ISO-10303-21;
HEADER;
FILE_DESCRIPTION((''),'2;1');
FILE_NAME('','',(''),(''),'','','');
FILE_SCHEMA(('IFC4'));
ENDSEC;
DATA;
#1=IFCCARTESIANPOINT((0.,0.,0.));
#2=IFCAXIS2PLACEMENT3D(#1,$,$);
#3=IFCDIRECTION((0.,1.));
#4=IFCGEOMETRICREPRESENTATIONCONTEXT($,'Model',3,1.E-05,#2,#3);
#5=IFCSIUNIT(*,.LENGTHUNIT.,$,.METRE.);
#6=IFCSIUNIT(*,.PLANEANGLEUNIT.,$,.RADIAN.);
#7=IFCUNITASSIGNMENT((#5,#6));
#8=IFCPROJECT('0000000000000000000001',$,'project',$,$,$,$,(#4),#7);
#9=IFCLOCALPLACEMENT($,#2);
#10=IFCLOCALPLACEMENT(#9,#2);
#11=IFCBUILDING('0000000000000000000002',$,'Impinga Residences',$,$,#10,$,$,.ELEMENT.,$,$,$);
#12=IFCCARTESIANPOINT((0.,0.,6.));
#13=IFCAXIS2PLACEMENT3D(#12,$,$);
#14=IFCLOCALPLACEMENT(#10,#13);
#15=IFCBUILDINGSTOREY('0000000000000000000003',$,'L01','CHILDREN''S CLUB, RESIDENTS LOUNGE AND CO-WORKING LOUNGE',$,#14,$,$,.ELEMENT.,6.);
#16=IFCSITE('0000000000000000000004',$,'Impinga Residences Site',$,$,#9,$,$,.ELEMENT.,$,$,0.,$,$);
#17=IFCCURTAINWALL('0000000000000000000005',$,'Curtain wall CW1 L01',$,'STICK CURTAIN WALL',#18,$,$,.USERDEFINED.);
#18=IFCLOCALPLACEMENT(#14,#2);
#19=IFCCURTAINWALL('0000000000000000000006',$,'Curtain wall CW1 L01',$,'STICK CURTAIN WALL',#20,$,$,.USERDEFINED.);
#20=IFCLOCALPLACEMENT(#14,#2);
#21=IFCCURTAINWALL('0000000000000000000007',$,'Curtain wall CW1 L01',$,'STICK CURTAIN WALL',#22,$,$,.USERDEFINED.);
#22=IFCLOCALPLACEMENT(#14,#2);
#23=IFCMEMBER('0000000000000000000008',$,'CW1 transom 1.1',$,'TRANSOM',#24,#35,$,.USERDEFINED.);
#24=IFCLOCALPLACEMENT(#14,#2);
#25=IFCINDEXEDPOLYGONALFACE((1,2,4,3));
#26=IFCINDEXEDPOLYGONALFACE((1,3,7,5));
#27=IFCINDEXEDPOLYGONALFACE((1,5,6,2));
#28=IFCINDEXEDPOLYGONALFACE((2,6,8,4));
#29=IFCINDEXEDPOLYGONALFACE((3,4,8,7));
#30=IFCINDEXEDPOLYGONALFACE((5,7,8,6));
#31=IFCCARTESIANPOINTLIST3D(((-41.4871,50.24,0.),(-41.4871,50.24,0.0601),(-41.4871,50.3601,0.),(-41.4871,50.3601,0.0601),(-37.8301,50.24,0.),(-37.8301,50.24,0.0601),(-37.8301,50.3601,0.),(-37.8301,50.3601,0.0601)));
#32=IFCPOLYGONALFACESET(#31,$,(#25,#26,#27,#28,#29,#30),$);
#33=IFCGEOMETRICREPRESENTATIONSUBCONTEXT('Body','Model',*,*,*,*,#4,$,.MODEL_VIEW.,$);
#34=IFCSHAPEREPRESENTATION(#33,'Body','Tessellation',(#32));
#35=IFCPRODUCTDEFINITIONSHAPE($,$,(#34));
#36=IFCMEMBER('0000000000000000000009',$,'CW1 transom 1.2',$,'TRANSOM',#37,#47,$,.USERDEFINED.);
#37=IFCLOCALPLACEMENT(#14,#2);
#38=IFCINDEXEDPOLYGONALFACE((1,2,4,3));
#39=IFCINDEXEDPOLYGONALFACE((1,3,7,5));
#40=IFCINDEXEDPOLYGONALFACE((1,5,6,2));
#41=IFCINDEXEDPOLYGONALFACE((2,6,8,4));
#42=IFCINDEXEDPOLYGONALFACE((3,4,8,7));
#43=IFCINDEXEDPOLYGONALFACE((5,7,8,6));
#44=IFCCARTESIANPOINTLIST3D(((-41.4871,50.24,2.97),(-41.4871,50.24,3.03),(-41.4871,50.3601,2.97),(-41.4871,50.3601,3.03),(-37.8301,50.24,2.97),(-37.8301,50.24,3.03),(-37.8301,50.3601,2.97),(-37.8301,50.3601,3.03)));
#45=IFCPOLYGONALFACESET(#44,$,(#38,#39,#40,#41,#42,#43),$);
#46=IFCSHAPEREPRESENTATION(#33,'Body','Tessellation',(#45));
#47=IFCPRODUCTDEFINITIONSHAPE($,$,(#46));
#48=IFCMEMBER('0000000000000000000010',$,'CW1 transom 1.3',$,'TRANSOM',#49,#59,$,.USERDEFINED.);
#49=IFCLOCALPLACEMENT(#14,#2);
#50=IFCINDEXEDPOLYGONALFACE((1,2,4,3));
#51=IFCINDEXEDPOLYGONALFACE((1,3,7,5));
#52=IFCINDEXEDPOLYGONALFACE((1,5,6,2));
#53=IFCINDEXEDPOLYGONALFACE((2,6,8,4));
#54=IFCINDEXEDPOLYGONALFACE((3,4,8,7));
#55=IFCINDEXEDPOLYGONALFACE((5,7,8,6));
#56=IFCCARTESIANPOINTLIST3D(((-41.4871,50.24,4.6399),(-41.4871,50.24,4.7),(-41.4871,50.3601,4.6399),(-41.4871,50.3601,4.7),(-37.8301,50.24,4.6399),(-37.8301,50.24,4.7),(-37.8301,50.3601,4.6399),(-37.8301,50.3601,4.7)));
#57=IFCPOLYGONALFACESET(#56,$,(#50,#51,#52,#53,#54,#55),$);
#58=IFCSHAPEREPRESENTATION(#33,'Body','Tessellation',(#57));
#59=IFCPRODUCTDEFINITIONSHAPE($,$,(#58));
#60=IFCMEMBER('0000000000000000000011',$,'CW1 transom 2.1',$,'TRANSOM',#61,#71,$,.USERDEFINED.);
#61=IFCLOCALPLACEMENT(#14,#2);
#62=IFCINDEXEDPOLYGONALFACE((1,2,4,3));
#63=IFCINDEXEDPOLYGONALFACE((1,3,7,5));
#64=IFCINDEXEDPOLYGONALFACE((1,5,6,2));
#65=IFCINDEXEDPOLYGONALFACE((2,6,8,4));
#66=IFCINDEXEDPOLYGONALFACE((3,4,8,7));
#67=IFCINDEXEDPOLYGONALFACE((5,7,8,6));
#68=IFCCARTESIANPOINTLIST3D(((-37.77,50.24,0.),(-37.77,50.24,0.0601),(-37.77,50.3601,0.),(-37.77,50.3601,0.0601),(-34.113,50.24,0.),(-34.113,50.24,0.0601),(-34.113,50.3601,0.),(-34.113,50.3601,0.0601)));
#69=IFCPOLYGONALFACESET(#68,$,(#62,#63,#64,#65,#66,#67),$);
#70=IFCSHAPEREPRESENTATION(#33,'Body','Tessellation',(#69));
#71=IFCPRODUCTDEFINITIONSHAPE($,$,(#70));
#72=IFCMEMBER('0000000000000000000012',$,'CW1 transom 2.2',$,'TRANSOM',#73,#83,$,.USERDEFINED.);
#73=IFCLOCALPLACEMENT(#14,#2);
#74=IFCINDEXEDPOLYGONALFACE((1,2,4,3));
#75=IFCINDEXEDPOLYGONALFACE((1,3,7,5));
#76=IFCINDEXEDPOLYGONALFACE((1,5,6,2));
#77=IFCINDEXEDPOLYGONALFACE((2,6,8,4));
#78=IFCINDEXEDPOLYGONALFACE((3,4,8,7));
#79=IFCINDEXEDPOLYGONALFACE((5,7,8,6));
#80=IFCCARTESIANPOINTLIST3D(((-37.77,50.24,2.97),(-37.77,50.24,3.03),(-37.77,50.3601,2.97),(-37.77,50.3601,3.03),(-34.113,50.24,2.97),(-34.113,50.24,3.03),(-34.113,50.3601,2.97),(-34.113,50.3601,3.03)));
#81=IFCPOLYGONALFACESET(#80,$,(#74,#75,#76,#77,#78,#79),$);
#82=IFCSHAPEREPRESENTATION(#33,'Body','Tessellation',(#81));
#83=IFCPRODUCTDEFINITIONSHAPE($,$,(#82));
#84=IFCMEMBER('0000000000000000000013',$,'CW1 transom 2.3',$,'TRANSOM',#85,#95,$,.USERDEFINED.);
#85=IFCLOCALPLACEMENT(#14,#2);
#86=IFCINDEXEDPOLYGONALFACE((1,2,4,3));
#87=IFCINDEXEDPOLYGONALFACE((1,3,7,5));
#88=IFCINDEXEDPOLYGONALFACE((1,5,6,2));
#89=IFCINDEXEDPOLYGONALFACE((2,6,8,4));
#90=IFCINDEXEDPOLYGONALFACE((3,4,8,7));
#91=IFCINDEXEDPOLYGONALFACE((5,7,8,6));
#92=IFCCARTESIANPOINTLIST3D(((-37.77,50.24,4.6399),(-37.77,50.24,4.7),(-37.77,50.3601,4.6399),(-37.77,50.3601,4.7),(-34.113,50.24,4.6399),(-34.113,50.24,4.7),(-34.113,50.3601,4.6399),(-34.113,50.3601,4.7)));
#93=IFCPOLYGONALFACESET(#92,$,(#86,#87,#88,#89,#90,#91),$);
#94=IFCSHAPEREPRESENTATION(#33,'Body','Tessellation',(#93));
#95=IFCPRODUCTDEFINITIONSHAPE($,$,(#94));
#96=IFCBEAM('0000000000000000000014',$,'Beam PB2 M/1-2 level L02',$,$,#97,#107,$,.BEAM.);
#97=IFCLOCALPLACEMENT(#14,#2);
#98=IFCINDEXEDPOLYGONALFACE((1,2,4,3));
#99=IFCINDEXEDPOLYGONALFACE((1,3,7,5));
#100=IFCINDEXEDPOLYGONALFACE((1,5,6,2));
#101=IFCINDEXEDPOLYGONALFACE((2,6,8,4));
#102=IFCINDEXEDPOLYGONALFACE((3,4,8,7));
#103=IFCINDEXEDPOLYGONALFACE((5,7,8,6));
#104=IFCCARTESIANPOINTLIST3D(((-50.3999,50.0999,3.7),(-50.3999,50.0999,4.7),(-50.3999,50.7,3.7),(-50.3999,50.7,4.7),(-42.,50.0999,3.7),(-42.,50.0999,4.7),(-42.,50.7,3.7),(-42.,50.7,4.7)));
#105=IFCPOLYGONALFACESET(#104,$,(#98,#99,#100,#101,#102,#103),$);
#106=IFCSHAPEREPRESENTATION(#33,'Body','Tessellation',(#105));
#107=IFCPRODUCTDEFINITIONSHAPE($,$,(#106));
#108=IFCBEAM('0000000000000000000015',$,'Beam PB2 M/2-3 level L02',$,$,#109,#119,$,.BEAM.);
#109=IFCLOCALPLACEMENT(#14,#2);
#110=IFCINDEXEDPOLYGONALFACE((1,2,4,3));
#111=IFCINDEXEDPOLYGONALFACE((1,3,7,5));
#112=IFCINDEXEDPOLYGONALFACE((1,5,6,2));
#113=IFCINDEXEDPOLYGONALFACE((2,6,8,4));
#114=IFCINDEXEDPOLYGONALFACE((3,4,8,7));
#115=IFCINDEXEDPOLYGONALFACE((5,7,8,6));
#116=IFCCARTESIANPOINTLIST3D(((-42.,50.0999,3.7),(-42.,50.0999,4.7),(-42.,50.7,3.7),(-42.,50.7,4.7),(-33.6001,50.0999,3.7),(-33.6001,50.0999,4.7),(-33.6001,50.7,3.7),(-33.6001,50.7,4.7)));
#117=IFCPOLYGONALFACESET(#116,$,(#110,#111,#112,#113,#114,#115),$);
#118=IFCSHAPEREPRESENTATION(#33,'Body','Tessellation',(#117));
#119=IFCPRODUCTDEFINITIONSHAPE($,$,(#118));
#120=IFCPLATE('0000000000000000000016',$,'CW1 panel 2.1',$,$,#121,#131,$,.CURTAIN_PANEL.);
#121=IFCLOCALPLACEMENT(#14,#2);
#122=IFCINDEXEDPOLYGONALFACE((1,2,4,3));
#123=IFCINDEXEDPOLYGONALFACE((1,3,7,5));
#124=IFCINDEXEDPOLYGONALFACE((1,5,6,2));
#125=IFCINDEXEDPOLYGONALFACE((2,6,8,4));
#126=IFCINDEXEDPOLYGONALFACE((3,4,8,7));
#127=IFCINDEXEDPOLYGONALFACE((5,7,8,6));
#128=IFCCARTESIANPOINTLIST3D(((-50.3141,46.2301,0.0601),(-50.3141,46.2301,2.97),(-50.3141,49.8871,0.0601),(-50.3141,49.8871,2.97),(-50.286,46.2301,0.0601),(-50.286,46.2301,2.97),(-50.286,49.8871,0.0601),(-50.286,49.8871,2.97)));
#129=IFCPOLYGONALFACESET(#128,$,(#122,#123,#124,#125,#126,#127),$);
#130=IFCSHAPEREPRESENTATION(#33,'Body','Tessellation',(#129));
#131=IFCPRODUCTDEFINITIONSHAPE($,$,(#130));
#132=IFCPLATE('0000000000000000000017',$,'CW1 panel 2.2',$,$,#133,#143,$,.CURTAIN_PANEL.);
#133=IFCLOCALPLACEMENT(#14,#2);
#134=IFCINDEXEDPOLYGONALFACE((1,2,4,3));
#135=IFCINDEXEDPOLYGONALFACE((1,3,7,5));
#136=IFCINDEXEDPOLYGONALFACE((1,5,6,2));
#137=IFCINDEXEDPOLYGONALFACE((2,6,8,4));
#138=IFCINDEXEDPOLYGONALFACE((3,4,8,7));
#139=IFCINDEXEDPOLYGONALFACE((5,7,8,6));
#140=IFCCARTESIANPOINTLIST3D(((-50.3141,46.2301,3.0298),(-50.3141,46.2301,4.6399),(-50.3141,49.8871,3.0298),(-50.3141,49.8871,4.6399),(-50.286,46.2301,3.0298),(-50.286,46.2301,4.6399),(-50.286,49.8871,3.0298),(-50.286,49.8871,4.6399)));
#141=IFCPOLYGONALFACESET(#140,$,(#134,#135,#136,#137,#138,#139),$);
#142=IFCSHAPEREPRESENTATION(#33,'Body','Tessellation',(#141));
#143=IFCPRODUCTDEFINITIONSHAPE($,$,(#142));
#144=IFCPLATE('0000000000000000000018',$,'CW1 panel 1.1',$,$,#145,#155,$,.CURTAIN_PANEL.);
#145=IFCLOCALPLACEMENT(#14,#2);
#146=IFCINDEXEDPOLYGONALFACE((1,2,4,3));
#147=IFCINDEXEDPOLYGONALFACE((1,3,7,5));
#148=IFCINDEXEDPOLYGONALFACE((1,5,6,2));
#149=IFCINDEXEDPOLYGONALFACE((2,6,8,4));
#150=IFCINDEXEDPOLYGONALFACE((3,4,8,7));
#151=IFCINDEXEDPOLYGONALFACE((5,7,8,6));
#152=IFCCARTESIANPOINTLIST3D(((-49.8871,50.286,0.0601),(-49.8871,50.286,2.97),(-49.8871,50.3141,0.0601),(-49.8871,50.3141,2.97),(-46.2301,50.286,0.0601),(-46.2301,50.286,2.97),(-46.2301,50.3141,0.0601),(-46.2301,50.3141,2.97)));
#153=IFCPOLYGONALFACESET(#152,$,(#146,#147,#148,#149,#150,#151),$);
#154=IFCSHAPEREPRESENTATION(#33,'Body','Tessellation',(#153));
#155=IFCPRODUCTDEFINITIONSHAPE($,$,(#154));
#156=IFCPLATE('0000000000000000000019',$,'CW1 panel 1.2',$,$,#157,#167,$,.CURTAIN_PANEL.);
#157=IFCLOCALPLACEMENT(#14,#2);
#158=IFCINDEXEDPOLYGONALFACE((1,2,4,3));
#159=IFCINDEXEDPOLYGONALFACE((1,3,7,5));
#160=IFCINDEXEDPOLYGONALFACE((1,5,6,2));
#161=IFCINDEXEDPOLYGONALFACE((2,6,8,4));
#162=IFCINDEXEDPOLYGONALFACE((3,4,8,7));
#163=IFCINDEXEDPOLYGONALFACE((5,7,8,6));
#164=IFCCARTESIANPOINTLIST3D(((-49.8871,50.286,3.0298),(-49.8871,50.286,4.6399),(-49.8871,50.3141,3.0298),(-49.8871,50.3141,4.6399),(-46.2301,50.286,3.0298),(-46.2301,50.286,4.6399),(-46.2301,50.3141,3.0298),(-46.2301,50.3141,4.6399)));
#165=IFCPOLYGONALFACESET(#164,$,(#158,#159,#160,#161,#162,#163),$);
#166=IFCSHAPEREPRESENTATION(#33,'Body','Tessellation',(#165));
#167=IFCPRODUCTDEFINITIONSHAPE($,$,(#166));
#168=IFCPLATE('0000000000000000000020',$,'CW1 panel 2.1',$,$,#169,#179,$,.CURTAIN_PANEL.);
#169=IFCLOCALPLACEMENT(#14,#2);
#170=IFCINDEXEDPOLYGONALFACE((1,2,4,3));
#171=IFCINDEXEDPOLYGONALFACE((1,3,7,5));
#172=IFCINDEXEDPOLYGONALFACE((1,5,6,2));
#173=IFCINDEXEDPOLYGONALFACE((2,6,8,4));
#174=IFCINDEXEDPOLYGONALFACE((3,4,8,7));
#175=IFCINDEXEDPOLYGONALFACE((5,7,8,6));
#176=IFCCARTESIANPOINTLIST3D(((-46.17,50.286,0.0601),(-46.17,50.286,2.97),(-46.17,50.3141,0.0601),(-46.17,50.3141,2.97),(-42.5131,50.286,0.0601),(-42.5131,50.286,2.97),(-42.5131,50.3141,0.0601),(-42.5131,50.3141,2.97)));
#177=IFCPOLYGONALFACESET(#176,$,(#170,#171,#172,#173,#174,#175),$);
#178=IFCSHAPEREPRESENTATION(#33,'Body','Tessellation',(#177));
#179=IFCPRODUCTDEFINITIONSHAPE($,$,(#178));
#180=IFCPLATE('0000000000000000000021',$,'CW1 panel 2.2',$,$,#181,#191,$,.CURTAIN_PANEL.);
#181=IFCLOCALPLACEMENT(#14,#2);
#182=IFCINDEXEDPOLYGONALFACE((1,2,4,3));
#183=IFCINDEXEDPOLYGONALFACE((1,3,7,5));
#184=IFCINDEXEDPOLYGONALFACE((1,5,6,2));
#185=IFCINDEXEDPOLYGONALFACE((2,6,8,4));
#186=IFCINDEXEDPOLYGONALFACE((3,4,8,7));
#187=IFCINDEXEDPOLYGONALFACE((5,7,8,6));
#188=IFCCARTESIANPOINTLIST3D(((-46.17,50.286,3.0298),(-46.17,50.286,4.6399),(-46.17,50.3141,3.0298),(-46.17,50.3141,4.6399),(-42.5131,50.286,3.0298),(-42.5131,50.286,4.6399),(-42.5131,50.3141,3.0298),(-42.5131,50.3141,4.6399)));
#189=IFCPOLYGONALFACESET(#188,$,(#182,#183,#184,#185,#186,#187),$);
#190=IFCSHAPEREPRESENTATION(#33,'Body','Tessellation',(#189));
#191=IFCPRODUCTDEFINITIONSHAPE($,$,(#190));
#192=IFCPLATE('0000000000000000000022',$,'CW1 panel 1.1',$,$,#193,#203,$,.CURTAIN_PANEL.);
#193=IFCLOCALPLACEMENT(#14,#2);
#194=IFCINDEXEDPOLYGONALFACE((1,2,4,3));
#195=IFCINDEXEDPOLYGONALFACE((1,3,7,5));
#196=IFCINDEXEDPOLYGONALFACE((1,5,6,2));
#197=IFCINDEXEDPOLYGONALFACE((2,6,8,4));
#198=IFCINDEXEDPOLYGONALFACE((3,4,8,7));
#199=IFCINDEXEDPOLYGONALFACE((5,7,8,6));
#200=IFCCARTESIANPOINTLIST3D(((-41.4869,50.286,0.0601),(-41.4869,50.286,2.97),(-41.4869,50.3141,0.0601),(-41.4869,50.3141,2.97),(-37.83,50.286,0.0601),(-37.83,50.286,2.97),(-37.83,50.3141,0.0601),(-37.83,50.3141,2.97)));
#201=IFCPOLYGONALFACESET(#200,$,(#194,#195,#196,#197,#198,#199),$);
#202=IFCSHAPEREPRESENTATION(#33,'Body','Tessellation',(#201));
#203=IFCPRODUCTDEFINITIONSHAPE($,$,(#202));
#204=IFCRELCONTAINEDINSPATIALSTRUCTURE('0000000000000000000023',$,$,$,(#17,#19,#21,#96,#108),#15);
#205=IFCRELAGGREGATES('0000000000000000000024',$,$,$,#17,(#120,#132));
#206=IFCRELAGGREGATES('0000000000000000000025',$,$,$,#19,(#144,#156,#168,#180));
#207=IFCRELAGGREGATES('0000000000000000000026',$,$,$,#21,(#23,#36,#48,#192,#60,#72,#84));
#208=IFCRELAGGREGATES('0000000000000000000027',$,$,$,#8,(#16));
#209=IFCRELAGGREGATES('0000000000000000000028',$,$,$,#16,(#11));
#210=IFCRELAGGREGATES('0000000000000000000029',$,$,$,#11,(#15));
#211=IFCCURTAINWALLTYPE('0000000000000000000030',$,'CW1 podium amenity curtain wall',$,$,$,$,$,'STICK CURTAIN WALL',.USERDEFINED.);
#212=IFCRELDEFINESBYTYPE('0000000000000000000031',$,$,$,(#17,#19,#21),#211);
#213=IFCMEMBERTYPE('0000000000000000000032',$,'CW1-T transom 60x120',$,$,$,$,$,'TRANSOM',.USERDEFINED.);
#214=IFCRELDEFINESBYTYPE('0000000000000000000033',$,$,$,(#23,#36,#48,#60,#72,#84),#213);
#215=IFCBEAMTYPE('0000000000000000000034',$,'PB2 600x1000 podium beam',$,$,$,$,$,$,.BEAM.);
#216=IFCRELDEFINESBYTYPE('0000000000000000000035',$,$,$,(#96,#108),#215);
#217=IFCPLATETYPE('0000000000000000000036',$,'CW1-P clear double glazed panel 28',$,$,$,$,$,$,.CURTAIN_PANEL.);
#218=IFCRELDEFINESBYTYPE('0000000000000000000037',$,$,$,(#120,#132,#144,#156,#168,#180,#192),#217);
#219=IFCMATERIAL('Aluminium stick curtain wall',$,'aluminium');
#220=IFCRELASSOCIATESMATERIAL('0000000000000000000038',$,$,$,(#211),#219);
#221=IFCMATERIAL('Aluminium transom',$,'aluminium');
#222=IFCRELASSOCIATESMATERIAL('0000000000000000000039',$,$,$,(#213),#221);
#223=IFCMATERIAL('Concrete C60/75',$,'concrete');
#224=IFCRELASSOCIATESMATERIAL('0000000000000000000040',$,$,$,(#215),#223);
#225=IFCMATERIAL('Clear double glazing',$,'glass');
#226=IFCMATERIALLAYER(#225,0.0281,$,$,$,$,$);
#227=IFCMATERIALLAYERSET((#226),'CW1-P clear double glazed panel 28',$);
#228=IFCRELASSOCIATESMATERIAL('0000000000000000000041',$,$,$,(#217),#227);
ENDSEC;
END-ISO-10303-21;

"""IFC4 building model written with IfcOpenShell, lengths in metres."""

from ifc_helpers import new_model, si_unit, direction, frame, origin, origin_2d, place, context, subcontext, project, spatial, rectangle, extrude, material, layer, layer_set, material_profile, profile_set, type_object, element, aggregate, save


model = new_model("IFC4")

# Units and contexts
model_context = context("Model", 3, precision=1e-05, world=origin(), true_north=direction((0.0, 1.0)))
body_context = subcontext(model_context, "Body", "Model", "MODEL_VIEW")
ifc_project = project(units=[si_unit("LENGTHUNIT", "METRE"), si_unit("PLANEANGLEUNIT", "RADIAN")], contexts=[model_context])

# Site, building, storey
site_placement = place(None, origin())
site = spatial("IfcSite", under=ifc_project, at=site_placement, Name="Impinga Residences Site", CompositionType="ELEMENT", RefElevation=0.0)
building_placement = place(site_placement, origin())
building = spatial("IfcBuilding", under=site, at=building_placement, Name="Impinga Residences", CompositionType="ELEMENT")
storey_placement = place(building_placement, frame((0.0, 0.0, 6.0)))
storey = spatial("IfcBuildingStorey", under=building, at=storey_placement, Name="L01", Description="CHILDREN'S CLUB, RESIDENTS LOUNGE AND CO-WORKING LOUNGE", CompositionType="ELEMENT", Elevation=6.0)

# Curtain wall
ifc_material_1 = material(Name="Aluminium stick curtain wall", Category="aluminium")
curtain_wall_type = type_object("IfcCurtainWallType", Name="CW1 podium amenity curtain wall", ElementType="STICK CURTAIN WALL", PredefinedType="USERDEFINED", material=ifc_material_1)
curtain_wall_1_placement = place(storey_placement, origin())
curtain_wall_1 = element("IfcCurtainWall", 1, at=curtain_wall_1_placement, inside=storey, type_object=curtain_wall_type, Name="Curtain wall CW1 L01", ObjectType="STICK CURTAIN WALL", PredefinedType="USERDEFINED")

# Curtain walls
curtain_wall_2_placement = place(storey_placement, origin())
curtain_wall_2 = element("IfcCurtainWall", 2, at=curtain_wall_2_placement, inside=storey, type_object=curtain_wall_type, Name="Curtain wall CW1 L01", ObjectType="STICK CURTAIN WALL", PredefinedType="USERDEFINED")
curtain_wall_3_placement = place(storey_placement, origin())
curtain_wall_3 = element("IfcCurtainWall", 3, at=curtain_wall_3_placement, inside=storey, type_object=curtain_wall_type, Name="Curtain wall CW1 L01", ObjectType="STICK CURTAIN WALL", PredefinedType="USERDEFINED")

# Members
ifc_material_2 = material(Name="Aluminium transom", Category="aluminium")
ifc_material_profile_1 = material_profile(ifc_material_2, rectangle(XDim=0.0601, YDim=0.1201, at=origin_2d()), Name="60x120 transom")
ifc_profile_set_1 = profile_set([ifc_material_profile_1], Name="Aluminium transom")
member_type_1 = type_object("IfcMemberType", Name="CW1-T transom 60x120", ElementType="TRANSOM", PredefinedType="USERDEFINED", material=ifc_profile_set_1)
member_1_placement = place(storey_placement, frame((-41.4871, 50.3, 0.03), z_axis=(1.0, 0.0, 0.0), x_axis=(0.0, 0.0, 1.0)))
member_1 = element("IfcMember", 4, at=member_1_placement, type_object=member_type_1, Name="CW1 transom 1.1", ObjectType="TRANSOM", PredefinedType="USERDEFINED", context=body_context, shape_type="SweptSolid", body=[
    extrude(rectangle(XDim=0.0601, YDim=0.1201, at=origin_2d()), origin(), (0.0, 0.0, 1.0), 3.657),
])
member_2_placement = place(storey_placement, frame((-41.4871, 50.3, 3.0), z_axis=(1.0, 0.0, 0.0), x_axis=(0.0, 0.0, 1.0)))
member_2 = element("IfcMember", 5, at=member_2_placement, type_object=member_type_1, Name="CW1 transom 1.2", ObjectType="TRANSOM", PredefinedType="USERDEFINED", context=body_context, shape_type="SweptSolid", body=[
    extrude(rectangle(XDim=0.0601, YDim=0.1201, at=origin_2d()), origin(), (0.0, 0.0, 1.0), 3.657),
])
member_3_placement = place(storey_placement, frame((-41.4871, 50.3, 4.6699), z_axis=(1.0, 0.0, 0.0), x_axis=(0.0, 0.0, 1.0)))
member_3 = element("IfcMember", 6, at=member_3_placement, type_object=member_type_1, Name="CW1 transom 1.3", ObjectType="TRANSOM", PredefinedType="USERDEFINED", context=body_context, shape_type="SweptSolid", body=[
    extrude(rectangle(XDim=0.0601, YDim=0.1201, at=origin_2d()), origin(), (0.0, 0.0, 1.0), 3.657),
])
member_4_placement = place(storey_placement, frame((-37.77, 50.3, 0.03), z_axis=(1.0, 0.0, 0.0), x_axis=(0.0, 0.0, 1.0)))
member_4 = element("IfcMember", 7, at=member_4_placement, type_object=member_type_1, Name="CW1 transom 2.1", ObjectType="TRANSOM", PredefinedType="USERDEFINED", context=body_context, shape_type="SweptSolid", body=[
    extrude(rectangle(XDim=0.0601, YDim=0.1201, at=origin_2d()), origin(), (0.0, 0.0, 1.0), 3.657),
])
member_5_placement = place(storey_placement, frame((-37.77, 50.3, 3.0), z_axis=(1.0, 0.0, 0.0), x_axis=(0.0, 0.0, 1.0)))
member_5 = element("IfcMember", 8, at=member_5_placement, type_object=member_type_1, Name="CW1 transom 2.2", ObjectType="TRANSOM", PredefinedType="USERDEFINED", context=body_context, shape_type="SweptSolid", body=[
    extrude(rectangle(XDim=0.0601, YDim=0.1201, at=origin_2d()), origin(), (0.0, 0.0, 1.0), 3.657),
])
member_6_placement = place(storey_placement, frame((-37.77, 50.3, 4.6699), z_axis=(1.0, 0.0, 0.0), x_axis=(0.0, 0.0, 1.0)))
member_6 = element("IfcMember", 9, at=member_6_placement, type_object=member_type_1, Name="CW1 transom 2.3", ObjectType="TRANSOM", PredefinedType="USERDEFINED", context=body_context, shape_type="SweptSolid", body=[
    extrude(rectangle(XDim=0.0601, YDim=0.1201, at=origin_2d()), origin(), (0.0, 0.0, 1.0), 3.657),
])

# Beams
ifc_material_3 = material(Name="Concrete C60/75", Category="concrete")
ifc_material_profile_2 = material_profile(ifc_material_3, rectangle(XDim=0.6001, YDim=1.0, at=origin_2d()), Name="RC 600x1000")
ifc_profile_set_2 = profile_set([ifc_material_profile_2], Name="Concrete C60/75")
beam_type = type_object("IfcBeamType", Name="PB2 600x1000 podium beam", PredefinedType="BEAM", material=ifc_profile_set_2)
for number, where, z_axis, x_axis, name in (
    (10, (-50.3999, 50.3999, 4.2), (1.0, 0.0, 0.0), (0.0, 1.0, 0.0), "Beam PB2 M/1-2 level L02"),
    (11, (-42.0, 50.3999, 4.2), (1.0, 0.0, 0.0), (0.0, 1.0, 0.0), "Beam PB2 M/2-3 level L02"),
):
    element("IfcBeam", number, at=place(storey_placement, frame(where, z_axis=z_axis, x_axis=x_axis)), inside=storey, type_object=beam_type, Name=name, PredefinedType="BEAM", context=body_context, shape_type="SweptSolid", body=[
        extrude(rectangle(XDim=0.6001, YDim=1.0, at=origin_2d()), origin(), (0.0, 0.0, 1.0), 8.3999),
    ])

# Plates
ifc_material_4 = material(Name="Clear double glazing", Category="glass")
ifc_layer = layer(ifc_material_4, 0.0281)
ifc_layer_set = layer_set([ifc_layer], Name="CW1-P clear double glazed panel 28")
plate_type = type_object("IfcPlateType", Name="CW1-P clear double glazed panel 28", PredefinedType="CURTAIN_PANEL", material=ifc_layer_set)
plate_1_placement = place(storey_placement, frame((-50.3, 48.0586, 0.0601), z_axis=(0.0, 0.0, 1.0), x_axis=(0.0, 1.0, 0.0)))
plate_1 = element("IfcPlate", 12, at=plate_1_placement, type_object=plate_type, Name="CW1 panel 2.1", PredefinedType="CURTAIN_PANEL", context=body_context, shape_type="SweptSolid", body=[
    extrude(rectangle(XDim=3.657, YDim=0.0281, at=origin_2d()), origin(), (0.0, 0.0, 1.0), 2.9099),
])
plate_2_placement = place(storey_placement, frame((-50.3, 48.0586, 3.0298), z_axis=(0.0, 0.0, 1.0), x_axis=(0.0, 1.0, 0.0)))
plate_2 = element("IfcPlate", 13, at=plate_2_placement, type_object=plate_type, Name="CW1 panel 2.2", PredefinedType="CURTAIN_PANEL", context=body_context, shape_type="SweptSolid", body=[
    extrude(rectangle(XDim=3.657, YDim=0.0281, at=origin_2d()), origin(), (0.0, 0.0, 1.0), 1.6101),
])
aggregate(curtain_wall_1, [plate_1, plate_2])
plate_3_placement = place(storey_placement, frame((-48.0586, 50.3, 0.0601), z_axis=(0.0, 0.0, 1.0), x_axis=(1.0, 0.0, 0.0)))
plate_3 = element("IfcPlate", 14, at=plate_3_placement, type_object=plate_type, Name="CW1 panel 1.1", PredefinedType="CURTAIN_PANEL", context=body_context, shape_type="SweptSolid", body=[
    extrude(rectangle(XDim=3.657, YDim=0.0281, at=origin_2d()), origin(), (0.0, 0.0, 1.0), 2.9099),
])
plate_4_placement = place(storey_placement, frame((-48.0586, 50.3, 3.0298), z_axis=(0.0, 0.0, 1.0), x_axis=(1.0, 0.0, 0.0)))
plate_4 = element("IfcPlate", 15, at=plate_4_placement, type_object=plate_type, Name="CW1 panel 1.2", PredefinedType="CURTAIN_PANEL", context=body_context, shape_type="SweptSolid", body=[
    extrude(rectangle(XDim=3.657, YDim=0.0281, at=origin_2d()), origin(), (0.0, 0.0, 1.0), 1.6101),
])
plate_5_placement = place(storey_placement, frame((-44.3416, 50.3, 0.0601), z_axis=(0.0, 0.0, 1.0), x_axis=(1.0, 0.0, 0.0)))
plate_5 = element("IfcPlate", 16, at=plate_5_placement, type_object=plate_type, Name="CW1 panel 2.1", PredefinedType="CURTAIN_PANEL", context=body_context, shape_type="SweptSolid", body=[
    extrude(rectangle(XDim=3.657, YDim=0.0281, at=origin_2d()), origin(), (0.0, 0.0, 1.0), 2.9099),
])
plate_6_placement = place(storey_placement, frame((-44.3416, 50.3, 3.0298), z_axis=(0.0, 0.0, 1.0), x_axis=(1.0, 0.0, 0.0)))
plate_6 = element("IfcPlate", 17, at=plate_6_placement, type_object=plate_type, Name="CW1 panel 2.2", PredefinedType="CURTAIN_PANEL", context=body_context, shape_type="SweptSolid", body=[
    extrude(rectangle(XDim=3.657, YDim=0.0281, at=origin_2d()), origin(), (0.0, 0.0, 1.0), 1.6101),
])
aggregate(curtain_wall_2, [plate_3, plate_4, plate_5, plate_6])
plate_7_placement = place(storey_placement, frame((-39.6584, 50.3, 0.0601), z_axis=(0.0, 0.0, 1.0), x_axis=(1.0, 0.0, 0.0)))
plate_7 = element("IfcPlate", 18, at=plate_7_placement, type_object=plate_type, Name="CW1 panel 1.1", PredefinedType="CURTAIN_PANEL", context=body_context, shape_type="SweptSolid", body=[
    extrude(rectangle(XDim=3.657, YDim=0.0281, at=origin_2d()), origin(), (0.0, 0.0, 1.0), 2.9099),
])
aggregate(curtain_wall_3, [member_1, member_2, member_3, plate_7, member_4, member_5, member_6])

save(model, "model.ifc")
